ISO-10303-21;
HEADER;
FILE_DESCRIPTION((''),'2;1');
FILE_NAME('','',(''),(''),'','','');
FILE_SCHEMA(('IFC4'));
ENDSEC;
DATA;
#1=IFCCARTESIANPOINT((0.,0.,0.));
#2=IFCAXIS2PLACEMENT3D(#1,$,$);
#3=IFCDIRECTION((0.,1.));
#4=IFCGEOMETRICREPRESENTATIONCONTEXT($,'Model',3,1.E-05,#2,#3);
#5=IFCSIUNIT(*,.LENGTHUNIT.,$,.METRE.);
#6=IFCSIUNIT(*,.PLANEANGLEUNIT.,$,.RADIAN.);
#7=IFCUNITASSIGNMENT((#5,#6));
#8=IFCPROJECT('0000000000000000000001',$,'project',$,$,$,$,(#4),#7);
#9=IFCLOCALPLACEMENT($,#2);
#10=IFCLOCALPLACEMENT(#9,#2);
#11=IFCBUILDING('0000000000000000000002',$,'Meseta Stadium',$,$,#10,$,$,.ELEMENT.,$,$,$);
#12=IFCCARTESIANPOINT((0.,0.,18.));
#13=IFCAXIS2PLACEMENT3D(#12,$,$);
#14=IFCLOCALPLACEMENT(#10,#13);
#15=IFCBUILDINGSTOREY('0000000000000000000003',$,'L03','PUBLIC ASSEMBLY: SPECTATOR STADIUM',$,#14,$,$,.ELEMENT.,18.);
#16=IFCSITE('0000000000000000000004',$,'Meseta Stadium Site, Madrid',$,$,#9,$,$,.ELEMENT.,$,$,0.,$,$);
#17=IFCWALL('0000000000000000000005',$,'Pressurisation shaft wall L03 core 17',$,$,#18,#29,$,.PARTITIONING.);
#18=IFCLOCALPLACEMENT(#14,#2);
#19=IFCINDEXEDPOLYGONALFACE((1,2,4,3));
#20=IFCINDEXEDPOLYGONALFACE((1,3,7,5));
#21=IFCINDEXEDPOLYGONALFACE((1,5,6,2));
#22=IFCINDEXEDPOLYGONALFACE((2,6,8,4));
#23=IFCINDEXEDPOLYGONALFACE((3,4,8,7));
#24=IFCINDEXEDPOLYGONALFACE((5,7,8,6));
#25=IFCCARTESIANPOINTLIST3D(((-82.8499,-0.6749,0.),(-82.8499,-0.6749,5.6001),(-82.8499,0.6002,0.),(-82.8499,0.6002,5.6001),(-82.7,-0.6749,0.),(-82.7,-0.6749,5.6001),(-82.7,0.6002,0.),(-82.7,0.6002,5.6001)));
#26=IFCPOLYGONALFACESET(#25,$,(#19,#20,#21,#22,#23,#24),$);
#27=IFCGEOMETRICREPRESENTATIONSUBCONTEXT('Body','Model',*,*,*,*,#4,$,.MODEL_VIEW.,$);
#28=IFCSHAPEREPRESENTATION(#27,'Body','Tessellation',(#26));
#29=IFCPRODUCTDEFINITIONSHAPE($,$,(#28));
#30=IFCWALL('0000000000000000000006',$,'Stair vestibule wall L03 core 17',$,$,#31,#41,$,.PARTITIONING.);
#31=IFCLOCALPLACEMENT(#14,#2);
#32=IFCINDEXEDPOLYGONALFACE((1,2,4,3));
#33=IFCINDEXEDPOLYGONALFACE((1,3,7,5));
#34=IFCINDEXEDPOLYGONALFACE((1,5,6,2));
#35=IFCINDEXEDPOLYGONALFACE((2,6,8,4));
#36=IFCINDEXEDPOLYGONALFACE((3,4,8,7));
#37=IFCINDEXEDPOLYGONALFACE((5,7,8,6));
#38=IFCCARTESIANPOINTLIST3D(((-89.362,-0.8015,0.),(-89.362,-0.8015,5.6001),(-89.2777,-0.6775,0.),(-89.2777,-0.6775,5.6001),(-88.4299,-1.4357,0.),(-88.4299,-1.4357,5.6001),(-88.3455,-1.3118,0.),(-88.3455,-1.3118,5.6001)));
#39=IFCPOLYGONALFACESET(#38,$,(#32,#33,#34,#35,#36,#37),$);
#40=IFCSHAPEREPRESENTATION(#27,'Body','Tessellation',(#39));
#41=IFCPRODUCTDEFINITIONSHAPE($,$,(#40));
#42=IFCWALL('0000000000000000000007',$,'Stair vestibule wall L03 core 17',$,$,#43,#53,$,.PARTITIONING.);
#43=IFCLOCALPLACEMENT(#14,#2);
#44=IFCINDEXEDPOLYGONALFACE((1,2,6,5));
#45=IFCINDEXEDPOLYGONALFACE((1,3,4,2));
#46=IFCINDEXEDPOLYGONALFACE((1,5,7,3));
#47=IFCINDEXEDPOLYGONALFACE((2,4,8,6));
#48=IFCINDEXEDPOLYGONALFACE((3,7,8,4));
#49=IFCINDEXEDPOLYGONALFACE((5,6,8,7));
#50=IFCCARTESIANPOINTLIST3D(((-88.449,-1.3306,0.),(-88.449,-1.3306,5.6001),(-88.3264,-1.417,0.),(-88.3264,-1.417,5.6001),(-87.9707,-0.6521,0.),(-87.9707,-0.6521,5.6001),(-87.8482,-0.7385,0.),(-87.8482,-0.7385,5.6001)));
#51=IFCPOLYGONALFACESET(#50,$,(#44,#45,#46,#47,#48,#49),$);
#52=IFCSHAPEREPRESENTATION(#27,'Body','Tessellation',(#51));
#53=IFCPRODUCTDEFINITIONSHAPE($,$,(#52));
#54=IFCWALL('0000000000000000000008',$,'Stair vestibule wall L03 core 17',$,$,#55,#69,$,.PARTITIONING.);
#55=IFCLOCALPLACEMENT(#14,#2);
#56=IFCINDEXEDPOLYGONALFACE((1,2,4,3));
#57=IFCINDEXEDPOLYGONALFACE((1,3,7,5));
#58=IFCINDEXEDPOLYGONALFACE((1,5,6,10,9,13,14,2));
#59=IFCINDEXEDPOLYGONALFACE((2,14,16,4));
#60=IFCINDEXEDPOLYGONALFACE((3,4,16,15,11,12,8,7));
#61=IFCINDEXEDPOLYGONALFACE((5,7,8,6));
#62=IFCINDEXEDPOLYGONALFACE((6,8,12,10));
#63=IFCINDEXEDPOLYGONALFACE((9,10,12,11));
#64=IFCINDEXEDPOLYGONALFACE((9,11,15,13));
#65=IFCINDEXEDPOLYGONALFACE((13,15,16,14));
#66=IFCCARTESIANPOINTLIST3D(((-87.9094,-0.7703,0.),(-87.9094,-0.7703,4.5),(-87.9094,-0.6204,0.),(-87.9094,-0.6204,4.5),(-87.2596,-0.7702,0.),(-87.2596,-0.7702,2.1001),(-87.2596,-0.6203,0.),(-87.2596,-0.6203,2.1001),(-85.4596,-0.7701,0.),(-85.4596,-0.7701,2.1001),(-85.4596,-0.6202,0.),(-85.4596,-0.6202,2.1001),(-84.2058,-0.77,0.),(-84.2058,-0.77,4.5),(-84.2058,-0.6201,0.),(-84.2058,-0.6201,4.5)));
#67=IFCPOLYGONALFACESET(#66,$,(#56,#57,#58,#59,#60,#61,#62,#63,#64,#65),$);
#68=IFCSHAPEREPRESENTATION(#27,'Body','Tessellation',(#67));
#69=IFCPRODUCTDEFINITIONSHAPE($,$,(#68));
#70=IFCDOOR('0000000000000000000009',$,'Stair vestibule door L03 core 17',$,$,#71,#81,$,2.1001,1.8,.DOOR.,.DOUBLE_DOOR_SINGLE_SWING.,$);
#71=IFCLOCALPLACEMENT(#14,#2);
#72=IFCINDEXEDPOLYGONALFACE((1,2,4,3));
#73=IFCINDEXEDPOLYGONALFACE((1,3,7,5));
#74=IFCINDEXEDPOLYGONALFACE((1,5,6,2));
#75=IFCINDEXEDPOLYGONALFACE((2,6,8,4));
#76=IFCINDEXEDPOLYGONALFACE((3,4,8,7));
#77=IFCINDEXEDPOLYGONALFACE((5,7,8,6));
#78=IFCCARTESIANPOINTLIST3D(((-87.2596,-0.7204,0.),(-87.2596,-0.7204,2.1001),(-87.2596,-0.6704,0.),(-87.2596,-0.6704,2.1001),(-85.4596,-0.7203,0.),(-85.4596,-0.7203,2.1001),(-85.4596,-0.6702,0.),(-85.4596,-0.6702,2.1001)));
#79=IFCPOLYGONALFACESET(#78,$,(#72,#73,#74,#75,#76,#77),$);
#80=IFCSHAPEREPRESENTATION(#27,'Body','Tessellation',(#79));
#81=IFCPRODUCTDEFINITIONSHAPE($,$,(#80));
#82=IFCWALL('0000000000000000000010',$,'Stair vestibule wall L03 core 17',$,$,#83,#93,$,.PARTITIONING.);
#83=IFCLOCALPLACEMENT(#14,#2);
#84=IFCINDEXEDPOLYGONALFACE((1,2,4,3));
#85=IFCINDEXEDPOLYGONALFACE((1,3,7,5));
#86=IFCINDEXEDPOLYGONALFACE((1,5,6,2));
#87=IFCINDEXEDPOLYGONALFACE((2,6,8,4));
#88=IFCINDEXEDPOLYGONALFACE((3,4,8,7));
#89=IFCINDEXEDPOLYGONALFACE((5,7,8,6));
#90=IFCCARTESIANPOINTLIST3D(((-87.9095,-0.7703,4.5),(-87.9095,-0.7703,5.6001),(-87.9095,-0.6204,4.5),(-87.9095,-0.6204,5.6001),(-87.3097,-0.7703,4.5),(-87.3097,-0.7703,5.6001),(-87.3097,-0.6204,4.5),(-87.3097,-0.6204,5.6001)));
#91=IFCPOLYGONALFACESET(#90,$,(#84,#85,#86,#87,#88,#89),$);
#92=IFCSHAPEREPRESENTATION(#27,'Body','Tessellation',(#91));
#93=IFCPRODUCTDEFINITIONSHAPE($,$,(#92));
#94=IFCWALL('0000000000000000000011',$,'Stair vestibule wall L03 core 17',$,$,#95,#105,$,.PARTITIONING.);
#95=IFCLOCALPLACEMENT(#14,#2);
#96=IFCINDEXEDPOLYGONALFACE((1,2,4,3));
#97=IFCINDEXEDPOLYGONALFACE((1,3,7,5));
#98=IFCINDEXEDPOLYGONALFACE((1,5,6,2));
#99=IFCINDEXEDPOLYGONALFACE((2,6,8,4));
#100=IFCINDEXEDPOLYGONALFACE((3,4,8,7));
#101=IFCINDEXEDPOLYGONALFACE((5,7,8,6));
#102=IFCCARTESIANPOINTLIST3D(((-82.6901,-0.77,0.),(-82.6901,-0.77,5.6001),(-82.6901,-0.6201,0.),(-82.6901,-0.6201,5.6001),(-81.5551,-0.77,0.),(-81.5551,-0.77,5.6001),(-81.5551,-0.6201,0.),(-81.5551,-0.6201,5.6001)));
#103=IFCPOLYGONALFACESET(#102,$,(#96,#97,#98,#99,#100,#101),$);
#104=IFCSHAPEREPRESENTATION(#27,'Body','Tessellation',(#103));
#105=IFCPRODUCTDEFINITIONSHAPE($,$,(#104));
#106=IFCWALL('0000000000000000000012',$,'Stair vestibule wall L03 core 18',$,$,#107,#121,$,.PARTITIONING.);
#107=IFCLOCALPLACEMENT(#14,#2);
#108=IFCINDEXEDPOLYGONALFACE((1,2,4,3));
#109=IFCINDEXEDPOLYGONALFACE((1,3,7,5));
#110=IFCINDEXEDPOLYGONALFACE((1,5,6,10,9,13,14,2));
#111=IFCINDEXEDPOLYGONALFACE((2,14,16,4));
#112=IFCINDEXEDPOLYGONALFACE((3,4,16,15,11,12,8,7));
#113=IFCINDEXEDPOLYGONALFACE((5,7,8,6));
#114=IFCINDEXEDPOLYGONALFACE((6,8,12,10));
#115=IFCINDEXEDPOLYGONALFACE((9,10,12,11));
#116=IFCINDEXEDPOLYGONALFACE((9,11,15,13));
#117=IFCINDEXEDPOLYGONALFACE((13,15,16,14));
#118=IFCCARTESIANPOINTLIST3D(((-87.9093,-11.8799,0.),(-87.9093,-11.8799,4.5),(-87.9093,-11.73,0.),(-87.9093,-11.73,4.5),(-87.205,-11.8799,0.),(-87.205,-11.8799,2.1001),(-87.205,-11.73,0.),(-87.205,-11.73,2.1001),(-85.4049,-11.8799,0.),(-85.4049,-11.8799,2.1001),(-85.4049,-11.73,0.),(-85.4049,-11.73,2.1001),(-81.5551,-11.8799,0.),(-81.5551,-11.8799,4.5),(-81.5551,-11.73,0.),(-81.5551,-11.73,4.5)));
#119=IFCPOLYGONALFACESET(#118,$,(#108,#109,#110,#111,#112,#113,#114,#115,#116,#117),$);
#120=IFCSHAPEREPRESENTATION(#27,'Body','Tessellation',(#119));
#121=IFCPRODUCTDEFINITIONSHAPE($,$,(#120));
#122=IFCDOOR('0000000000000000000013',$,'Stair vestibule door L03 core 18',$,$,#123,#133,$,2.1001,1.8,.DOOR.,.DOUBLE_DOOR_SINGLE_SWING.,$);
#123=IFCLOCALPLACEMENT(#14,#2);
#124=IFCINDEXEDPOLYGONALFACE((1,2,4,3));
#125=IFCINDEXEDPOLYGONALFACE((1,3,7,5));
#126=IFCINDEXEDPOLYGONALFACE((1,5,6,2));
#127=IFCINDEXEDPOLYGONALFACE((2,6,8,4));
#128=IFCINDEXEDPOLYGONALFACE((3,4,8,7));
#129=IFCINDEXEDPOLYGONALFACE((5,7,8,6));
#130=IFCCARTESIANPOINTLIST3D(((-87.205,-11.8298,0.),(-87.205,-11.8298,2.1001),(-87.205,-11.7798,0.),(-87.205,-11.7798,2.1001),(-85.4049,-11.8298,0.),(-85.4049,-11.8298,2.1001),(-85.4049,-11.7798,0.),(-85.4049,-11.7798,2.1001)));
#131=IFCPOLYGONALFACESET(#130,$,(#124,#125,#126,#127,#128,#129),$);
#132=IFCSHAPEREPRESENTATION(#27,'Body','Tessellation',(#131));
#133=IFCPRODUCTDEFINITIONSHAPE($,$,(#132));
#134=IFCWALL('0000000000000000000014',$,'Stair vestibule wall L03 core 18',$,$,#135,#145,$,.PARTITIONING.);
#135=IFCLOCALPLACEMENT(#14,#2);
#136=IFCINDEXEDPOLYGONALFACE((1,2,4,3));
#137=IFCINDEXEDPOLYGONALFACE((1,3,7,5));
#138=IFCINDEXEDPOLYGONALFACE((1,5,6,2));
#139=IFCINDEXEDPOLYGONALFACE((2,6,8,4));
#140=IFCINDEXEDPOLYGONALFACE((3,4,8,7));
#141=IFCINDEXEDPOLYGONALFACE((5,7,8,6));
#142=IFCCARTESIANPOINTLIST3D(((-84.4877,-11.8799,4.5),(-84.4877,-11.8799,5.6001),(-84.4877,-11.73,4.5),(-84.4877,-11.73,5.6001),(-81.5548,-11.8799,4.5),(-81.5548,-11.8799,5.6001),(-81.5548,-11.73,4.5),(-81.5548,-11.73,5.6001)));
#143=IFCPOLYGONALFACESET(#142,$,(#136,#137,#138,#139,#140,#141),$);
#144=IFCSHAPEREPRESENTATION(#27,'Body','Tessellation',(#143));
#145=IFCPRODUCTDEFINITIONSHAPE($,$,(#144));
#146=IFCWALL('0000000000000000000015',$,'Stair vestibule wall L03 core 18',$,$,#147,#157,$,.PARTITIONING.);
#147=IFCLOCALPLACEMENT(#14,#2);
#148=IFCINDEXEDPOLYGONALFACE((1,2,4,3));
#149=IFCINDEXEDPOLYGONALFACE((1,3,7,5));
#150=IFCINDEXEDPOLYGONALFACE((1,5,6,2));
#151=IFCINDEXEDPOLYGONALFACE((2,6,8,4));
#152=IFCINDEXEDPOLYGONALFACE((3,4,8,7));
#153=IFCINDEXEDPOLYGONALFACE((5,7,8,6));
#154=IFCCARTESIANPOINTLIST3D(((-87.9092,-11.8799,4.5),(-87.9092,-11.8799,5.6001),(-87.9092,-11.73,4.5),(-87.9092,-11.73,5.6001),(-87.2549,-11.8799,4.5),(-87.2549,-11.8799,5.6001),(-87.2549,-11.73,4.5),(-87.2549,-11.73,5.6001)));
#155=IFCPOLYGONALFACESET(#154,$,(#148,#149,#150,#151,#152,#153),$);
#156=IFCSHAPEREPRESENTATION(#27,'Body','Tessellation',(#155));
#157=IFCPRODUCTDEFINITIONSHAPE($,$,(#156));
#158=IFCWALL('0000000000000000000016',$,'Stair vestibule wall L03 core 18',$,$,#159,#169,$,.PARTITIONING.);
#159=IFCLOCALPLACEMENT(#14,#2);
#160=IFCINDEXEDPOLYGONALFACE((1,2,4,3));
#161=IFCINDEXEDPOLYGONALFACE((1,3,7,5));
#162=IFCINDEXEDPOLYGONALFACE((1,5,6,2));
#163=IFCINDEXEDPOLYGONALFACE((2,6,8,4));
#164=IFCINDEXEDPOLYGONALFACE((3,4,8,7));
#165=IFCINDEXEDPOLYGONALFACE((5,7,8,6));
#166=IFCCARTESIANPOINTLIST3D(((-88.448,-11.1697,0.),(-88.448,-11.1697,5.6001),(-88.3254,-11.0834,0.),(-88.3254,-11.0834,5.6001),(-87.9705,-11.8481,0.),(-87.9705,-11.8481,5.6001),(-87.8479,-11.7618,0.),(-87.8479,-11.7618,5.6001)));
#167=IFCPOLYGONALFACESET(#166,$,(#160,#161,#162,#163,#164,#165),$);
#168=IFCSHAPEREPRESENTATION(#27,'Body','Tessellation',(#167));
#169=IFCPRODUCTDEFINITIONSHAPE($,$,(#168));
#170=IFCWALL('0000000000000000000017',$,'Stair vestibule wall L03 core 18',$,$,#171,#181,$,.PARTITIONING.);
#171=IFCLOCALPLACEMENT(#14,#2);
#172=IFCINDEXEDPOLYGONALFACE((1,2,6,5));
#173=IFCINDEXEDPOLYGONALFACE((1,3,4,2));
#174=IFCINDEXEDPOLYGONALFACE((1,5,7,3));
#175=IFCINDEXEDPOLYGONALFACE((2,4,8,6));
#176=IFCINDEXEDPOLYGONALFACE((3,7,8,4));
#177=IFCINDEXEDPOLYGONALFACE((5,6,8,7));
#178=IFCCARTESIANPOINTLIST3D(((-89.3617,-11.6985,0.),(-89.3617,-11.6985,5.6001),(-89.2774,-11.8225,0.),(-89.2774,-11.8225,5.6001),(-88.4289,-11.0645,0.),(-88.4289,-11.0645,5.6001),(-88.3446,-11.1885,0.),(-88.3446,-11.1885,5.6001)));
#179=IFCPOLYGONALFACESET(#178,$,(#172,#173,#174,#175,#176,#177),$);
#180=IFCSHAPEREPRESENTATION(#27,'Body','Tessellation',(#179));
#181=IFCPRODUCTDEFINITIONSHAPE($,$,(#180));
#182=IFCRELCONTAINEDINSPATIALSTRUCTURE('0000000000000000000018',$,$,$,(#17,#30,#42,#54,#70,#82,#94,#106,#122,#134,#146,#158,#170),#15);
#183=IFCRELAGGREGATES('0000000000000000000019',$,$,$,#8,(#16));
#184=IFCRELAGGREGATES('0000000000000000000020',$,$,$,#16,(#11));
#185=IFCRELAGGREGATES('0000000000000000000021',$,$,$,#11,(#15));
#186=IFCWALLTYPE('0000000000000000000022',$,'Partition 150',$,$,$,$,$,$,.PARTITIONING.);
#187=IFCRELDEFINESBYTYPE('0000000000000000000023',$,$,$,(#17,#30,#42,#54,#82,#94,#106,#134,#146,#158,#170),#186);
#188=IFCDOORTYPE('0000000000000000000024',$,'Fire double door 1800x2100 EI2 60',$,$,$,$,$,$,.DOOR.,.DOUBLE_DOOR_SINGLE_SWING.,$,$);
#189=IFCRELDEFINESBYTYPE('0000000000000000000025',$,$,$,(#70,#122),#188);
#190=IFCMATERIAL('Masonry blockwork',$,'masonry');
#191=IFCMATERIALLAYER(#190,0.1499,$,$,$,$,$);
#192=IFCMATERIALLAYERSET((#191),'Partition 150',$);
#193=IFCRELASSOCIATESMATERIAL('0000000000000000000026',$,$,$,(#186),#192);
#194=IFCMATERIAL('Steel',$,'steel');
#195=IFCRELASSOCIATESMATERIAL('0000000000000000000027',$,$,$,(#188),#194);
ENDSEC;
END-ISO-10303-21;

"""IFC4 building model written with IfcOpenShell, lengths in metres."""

from ifc_helpers import new_model, si_unit, direction, frame, frame_2d, origin, place, context, subcontext, project, spatial, rectangle, extrude, material, layer, layer_set, type_object, element, fill, save


model = new_model("IFC4")

# Units and contexts
model_context = context("Model", 3, precision=1e-05, world=origin(), true_north=direction((0.0, 1.0)))
body_context = subcontext(model_context, "Body", "Model", "MODEL_VIEW")
ifc_project = project(units=[si_unit("LENGTHUNIT", "METRE"), si_unit("PLANEANGLEUNIT", "RADIAN")], contexts=[model_context])

# Site, building, storey
site_placement = place(None, origin())
site = spatial("IfcSite", under=ifc_project, at=site_placement, Name="Meseta Stadium Site, Madrid", CompositionType="ELEMENT", RefElevation=0.0)
building_placement = place(site_placement, origin())
building = spatial("IfcBuilding", under=site, at=building_placement, Name="Meseta Stadium", CompositionType="ELEMENT")
storey_placement = place(building_placement, frame((0.0, 0.0, 18.0)))
storey = spatial("IfcBuildingStorey", under=building, at=storey_placement, Name="L03", Description="PUBLIC ASSEMBLY: SPECTATOR STADIUM", CompositionType="ELEMENT", Elevation=18.0)

# Shared definitions
ifc_material_1 = material(Name="Masonry blockwork", Category="masonry")
ifc_layer_1 = layer(ifc_material_1, 0.1499)
ifc_layer_set_1 = layer_set([ifc_layer_1], Name="Partition 150")
wall_type_1 = type_object("IfcWallType", Name="Partition 150", PredefinedType="PARTITIONING", material=ifc_layer_set_1)

# Walls
wall_1_placement = place(storey_placement, frame((-82.7749, -0.675, 0.0), z_axis=(0.0, 0.0, 1.0), x_axis=(0.0, 1.0, 0.0)))
element("IfcWall", 1, at=wall_1_placement, inside=storey, type_object=wall_type_1, Name="Pressurisation shaft wall L03 core 17", PredefinedType="PARTITIONING", context=body_context, shape_type="SweptSolid", body=[
    extrude(rectangle(XDim=1.2751, YDim=0.1499, at=frame_2d((0.6377, 0.0))), origin(), (0.0, 0.0, 1.0), 5.6001),
])
wall_2_placement = place(storey_placement, frame((-89.3198, -0.7395, 0.0), z_axis=(0.0, 0.0, 1.0), x_axis=(0.826749, -0.562571, 0.0)))
element("IfcWall", 2, at=wall_2_placement, inside=storey, type_object=wall_type_1, Name="Stair vestibule wall L03 core 17", PredefinedType="PARTITIONING", context=body_context, shape_type="SweptSolid", body=[
    extrude(rectangle(XDim=1.1274, YDim=0.1499, at=frame_2d((0.5637, 0.0))), origin(), (0.0, 0.0, 1.0), 5.6001),
])
wall_3_placement = place(storey_placement, frame((-88.3877, -1.3738, 0.0), z_axis=(0.0, 0.0, 1.0), x_axis=(0.576163, 0.817334, 0.0)))
element("IfcWall", 3, at=wall_3_placement, inside=storey, type_object=wall_type_1, Name="Stair vestibule wall L03 core 17", PredefinedType="PARTITIONING", context=body_context, shape_type="SweptSolid", body=[
    extrude(rectangle(XDim=0.8301, YDim=0.1499, at=frame_2d((0.415, 0.0))), origin(), (0.0, 0.0, 1.0), 5.6001),
])

# Wall, opening, door
wall_4_placement = place(storey_placement, frame((-87.9094, -0.6953, 0.0), z_axis=(0.0, 0.0, 1.0), x_axis=(1.0, 0.000066, 0.0)))
wall_4 = element("IfcWall", 4, at=wall_4_placement, inside=storey, type_object=wall_type_1, Name="Stair vestibule wall L03 core 17", PredefinedType="PARTITIONING", context=body_context, shape_type="SweptSolid", body=[
    extrude(rectangle(XDim=3.7036, YDim=0.1499, at=frame_2d((1.8518, 0.0))), origin(), (0.0, 0.0, 1.0), 4.5),
])
opening_1_placement = place(wall_4_placement, frame((0.6499, 0.0, 0.0)))
opening_1 = element("IfcOpeningElement", 5, at=opening_1_placement, cuts=wall_4, PredefinedType="OPENING", context=body_context, shape_type="SweptSolid", body=[
    extrude(rectangle(XDim=1.8, YDim=2.1001, at=frame_2d((0.8999, 1.05))), frame((0.0, 0.085, 0.0), z_axis=(0.0, -1.0, 0.0), x_axis=(1.0, 0.0, 0.0)), (0.0, 0.0, 1.0), 0.1699),
])
ifc_material_2 = material(Name="Steel", Category="steel")
door_type_1 = type_object("IfcDoorType", Name="Fire double door 1800x2100 EI2 60", OperationType="DOUBLE_DOOR_SINGLE_SWING", PredefinedType="DOOR", material=ifc_material_2)
door_1_placement = place(opening_1_placement, origin())
door_1 = element("IfcDoor", 6, at=door_1_placement, inside=storey, type_object=door_type_1, Name="Stair vestibule door L03 core 17", OperationType="DOUBLE_DOOR_SINGLE_SWING", OverallHeight=2.1001, OverallWidth=1.8, PredefinedType="DOOR", context=body_context, shape_type="SweptSolid", body=[
    extrude(rectangle(XDim=1.8, YDim=2.1001, at=frame_2d((0.8999, 1.05))), frame((0.0, 0.0249, 0.0), z_axis=(0.0, -1.0, 0.0), x_axis=(1.0, 0.0, 0.0)), (0.0, 0.0, 1.0), 0.05),
])
fill(opening_1, door_1)

# Walls
wall_5_placement = place(storey_placement, frame((-87.9094, -0.6953, 4.5), z_axis=(0.0, 0.0, 1.0), x_axis=(1.0, 0.0, 0.0)))
element("IfcWall", 7, at=wall_5_placement, inside=storey, type_object=wall_type_1, Name="Stair vestibule wall L03 core 17", PredefinedType="PARTITIONING", context=body_context, shape_type="SweptSolid", body=[
    extrude(rectangle(XDim=0.5999, YDim=0.1499, at=frame_2d((0.2998, 0.0))), origin(), (0.0, 0.0, 1.0), 1.1001),
])
wall_6_placement = place(storey_placement, frame((-82.6899, -0.6951, 0.0), z_axis=(0.0, 0.0, 1.0), x_axis=(1.0, 0.0, 0.0)))
element("IfcWall", 8, at=wall_6_placement, inside=storey, type_object=wall_type_1, Name="Stair vestibule wall L03 core 17", PredefinedType="PARTITIONING", context=body_context, shape_type="SweptSolid", body=[
    extrude(rectangle(XDim=1.135, YDim=0.1499, at=frame_2d((0.5674, 0.0))), origin(), (0.0, 0.0, 1.0), 5.6001),
])

# Wall, opening, door
wall_7_placement = place(storey_placement, frame((-81.5549, -11.8049, 0.0), z_axis=(0.0, 0.0, 1.0), x_axis=(-1.0, 0.0, 0.0)))
wall_7 = element("IfcWall", 9, at=wall_7_placement, inside=storey, type_object=wall_type_1, Name="Stair vestibule wall L03 core 18", PredefinedType="PARTITIONING", context=body_context, shape_type="SweptSolid", body=[
    extrude(rectangle(XDim=6.3542, YDim=0.1499, at=frame_2d((3.1772, 0.0))), origin(), (0.0, 0.0, 1.0), 4.5),
])
opening_2_placement = place(wall_7_placement, frame((3.8501, 0.0, 0.0)))
opening_2 = element("IfcOpeningElement", 10, at=opening_2_placement, cuts=wall_7, PredefinedType="OPENING", context=body_context, shape_type="SweptSolid", body=[
    extrude(rectangle(XDim=1.8, YDim=2.1001, at=frame_2d((0.8999, 1.05))), frame((0.0, 0.085, 0.0), z_axis=(0.0, -1.0, 0.0), x_axis=(1.0, 0.0, 0.0)), (0.0, 0.0, 1.0), 0.1699),
])
door_2_placement = place(opening_2_placement, origin())
door_2 = element("IfcDoor", 11, at=door_2_placement, inside=storey, type_object=door_type_1, Name="Stair vestibule door L03 core 18", OperationType="DOUBLE_DOOR_SINGLE_SWING", OverallHeight=2.1001, OverallWidth=1.8, PredefinedType="DOOR", context=body_context, shape_type="SweptSolid", body=[
    extrude(rectangle(XDim=1.8, YDim=2.1001, at=frame_2d((0.8999, 1.05))), frame((0.0, 0.0249, 0.0), z_axis=(0.0, -1.0, 0.0), x_axis=(1.0, 0.0, 0.0)), (0.0, 0.0, 1.0), 0.05),
])
fill(opening_2, door_2)

# Walls
wall_8_placement = place(storey_placement, frame((-81.5549, -11.8049, 4.5), z_axis=(0.0, 0.0, 1.0), x_axis=(-1.0, 0.0, 0.0)))
element("IfcWall", 12, at=wall_8_placement, inside=storey, type_object=wall_type_1, Name="Stair vestibule wall L03 core 18", PredefinedType="PARTITIONING", context=body_context, shape_type="SweptSolid", body=[
    extrude(rectangle(XDim=2.9329, YDim=0.1499, at=frame_2d((1.4663, 0.0))), origin(), (0.0, 0.0, 1.0), 1.1001),
])
wall_9_placement = place(storey_placement, frame((-87.2549, -11.8049, 4.5), z_axis=(0.0, 0.0, 1.0), x_axis=(-1.0, 0.0, 0.0)))
element("IfcWall", 13, at=wall_9_placement, inside=storey, type_object=wall_type_1, Name="Stair vestibule wall L03 core 18", PredefinedType="PARTITIONING", context=body_context, shape_type="SweptSolid", body=[
    extrude(rectangle(XDim=0.6543, YDim=0.1499, at=frame_2d((0.3271, 0.0))), origin(), (0.0, 0.0, 1.0), 1.1001),
])
wall_10_placement = place(storey_placement, frame((-87.9092, -11.8049, 0.0), z_axis=(0.0, 0.0, 1.0), x_axis=(-0.575574, 0.81775, 0.0)))
element("IfcWall", 14, at=wall_10_placement, inside=storey, type_object=wall_type_1, Name="Stair vestibule wall L03 core 18", PredefinedType="PARTITIONING", context=body_context, shape_type="SweptSolid", body=[
    extrude(rectangle(XDim=0.8296, YDim=0.1499, at=frame_2d((0.4148, 0.0))), origin(), (0.0, 0.0, 1.0), 5.6001),
])
wall_11_placement = place(storey_placement, frame((-88.3867, -11.1265, 0.0), z_axis=(0.0, 0.0, 1.0), x_axis=(-0.827055, -0.562121, 0.0)))
element("IfcWall", 15, at=wall_11_placement, inside=storey, type_object=wall_type_1, Name="Stair vestibule wall L03 core 18", PredefinedType="PARTITIONING", context=body_context, shape_type="SweptSolid", body=[
    extrude(rectangle(XDim=1.1279, YDim=0.1499, at=frame_2d((0.564, 0.0))), origin(), (0.0, 0.0, 1.0), 5.6001),
])

save(model, "model.ifc")
